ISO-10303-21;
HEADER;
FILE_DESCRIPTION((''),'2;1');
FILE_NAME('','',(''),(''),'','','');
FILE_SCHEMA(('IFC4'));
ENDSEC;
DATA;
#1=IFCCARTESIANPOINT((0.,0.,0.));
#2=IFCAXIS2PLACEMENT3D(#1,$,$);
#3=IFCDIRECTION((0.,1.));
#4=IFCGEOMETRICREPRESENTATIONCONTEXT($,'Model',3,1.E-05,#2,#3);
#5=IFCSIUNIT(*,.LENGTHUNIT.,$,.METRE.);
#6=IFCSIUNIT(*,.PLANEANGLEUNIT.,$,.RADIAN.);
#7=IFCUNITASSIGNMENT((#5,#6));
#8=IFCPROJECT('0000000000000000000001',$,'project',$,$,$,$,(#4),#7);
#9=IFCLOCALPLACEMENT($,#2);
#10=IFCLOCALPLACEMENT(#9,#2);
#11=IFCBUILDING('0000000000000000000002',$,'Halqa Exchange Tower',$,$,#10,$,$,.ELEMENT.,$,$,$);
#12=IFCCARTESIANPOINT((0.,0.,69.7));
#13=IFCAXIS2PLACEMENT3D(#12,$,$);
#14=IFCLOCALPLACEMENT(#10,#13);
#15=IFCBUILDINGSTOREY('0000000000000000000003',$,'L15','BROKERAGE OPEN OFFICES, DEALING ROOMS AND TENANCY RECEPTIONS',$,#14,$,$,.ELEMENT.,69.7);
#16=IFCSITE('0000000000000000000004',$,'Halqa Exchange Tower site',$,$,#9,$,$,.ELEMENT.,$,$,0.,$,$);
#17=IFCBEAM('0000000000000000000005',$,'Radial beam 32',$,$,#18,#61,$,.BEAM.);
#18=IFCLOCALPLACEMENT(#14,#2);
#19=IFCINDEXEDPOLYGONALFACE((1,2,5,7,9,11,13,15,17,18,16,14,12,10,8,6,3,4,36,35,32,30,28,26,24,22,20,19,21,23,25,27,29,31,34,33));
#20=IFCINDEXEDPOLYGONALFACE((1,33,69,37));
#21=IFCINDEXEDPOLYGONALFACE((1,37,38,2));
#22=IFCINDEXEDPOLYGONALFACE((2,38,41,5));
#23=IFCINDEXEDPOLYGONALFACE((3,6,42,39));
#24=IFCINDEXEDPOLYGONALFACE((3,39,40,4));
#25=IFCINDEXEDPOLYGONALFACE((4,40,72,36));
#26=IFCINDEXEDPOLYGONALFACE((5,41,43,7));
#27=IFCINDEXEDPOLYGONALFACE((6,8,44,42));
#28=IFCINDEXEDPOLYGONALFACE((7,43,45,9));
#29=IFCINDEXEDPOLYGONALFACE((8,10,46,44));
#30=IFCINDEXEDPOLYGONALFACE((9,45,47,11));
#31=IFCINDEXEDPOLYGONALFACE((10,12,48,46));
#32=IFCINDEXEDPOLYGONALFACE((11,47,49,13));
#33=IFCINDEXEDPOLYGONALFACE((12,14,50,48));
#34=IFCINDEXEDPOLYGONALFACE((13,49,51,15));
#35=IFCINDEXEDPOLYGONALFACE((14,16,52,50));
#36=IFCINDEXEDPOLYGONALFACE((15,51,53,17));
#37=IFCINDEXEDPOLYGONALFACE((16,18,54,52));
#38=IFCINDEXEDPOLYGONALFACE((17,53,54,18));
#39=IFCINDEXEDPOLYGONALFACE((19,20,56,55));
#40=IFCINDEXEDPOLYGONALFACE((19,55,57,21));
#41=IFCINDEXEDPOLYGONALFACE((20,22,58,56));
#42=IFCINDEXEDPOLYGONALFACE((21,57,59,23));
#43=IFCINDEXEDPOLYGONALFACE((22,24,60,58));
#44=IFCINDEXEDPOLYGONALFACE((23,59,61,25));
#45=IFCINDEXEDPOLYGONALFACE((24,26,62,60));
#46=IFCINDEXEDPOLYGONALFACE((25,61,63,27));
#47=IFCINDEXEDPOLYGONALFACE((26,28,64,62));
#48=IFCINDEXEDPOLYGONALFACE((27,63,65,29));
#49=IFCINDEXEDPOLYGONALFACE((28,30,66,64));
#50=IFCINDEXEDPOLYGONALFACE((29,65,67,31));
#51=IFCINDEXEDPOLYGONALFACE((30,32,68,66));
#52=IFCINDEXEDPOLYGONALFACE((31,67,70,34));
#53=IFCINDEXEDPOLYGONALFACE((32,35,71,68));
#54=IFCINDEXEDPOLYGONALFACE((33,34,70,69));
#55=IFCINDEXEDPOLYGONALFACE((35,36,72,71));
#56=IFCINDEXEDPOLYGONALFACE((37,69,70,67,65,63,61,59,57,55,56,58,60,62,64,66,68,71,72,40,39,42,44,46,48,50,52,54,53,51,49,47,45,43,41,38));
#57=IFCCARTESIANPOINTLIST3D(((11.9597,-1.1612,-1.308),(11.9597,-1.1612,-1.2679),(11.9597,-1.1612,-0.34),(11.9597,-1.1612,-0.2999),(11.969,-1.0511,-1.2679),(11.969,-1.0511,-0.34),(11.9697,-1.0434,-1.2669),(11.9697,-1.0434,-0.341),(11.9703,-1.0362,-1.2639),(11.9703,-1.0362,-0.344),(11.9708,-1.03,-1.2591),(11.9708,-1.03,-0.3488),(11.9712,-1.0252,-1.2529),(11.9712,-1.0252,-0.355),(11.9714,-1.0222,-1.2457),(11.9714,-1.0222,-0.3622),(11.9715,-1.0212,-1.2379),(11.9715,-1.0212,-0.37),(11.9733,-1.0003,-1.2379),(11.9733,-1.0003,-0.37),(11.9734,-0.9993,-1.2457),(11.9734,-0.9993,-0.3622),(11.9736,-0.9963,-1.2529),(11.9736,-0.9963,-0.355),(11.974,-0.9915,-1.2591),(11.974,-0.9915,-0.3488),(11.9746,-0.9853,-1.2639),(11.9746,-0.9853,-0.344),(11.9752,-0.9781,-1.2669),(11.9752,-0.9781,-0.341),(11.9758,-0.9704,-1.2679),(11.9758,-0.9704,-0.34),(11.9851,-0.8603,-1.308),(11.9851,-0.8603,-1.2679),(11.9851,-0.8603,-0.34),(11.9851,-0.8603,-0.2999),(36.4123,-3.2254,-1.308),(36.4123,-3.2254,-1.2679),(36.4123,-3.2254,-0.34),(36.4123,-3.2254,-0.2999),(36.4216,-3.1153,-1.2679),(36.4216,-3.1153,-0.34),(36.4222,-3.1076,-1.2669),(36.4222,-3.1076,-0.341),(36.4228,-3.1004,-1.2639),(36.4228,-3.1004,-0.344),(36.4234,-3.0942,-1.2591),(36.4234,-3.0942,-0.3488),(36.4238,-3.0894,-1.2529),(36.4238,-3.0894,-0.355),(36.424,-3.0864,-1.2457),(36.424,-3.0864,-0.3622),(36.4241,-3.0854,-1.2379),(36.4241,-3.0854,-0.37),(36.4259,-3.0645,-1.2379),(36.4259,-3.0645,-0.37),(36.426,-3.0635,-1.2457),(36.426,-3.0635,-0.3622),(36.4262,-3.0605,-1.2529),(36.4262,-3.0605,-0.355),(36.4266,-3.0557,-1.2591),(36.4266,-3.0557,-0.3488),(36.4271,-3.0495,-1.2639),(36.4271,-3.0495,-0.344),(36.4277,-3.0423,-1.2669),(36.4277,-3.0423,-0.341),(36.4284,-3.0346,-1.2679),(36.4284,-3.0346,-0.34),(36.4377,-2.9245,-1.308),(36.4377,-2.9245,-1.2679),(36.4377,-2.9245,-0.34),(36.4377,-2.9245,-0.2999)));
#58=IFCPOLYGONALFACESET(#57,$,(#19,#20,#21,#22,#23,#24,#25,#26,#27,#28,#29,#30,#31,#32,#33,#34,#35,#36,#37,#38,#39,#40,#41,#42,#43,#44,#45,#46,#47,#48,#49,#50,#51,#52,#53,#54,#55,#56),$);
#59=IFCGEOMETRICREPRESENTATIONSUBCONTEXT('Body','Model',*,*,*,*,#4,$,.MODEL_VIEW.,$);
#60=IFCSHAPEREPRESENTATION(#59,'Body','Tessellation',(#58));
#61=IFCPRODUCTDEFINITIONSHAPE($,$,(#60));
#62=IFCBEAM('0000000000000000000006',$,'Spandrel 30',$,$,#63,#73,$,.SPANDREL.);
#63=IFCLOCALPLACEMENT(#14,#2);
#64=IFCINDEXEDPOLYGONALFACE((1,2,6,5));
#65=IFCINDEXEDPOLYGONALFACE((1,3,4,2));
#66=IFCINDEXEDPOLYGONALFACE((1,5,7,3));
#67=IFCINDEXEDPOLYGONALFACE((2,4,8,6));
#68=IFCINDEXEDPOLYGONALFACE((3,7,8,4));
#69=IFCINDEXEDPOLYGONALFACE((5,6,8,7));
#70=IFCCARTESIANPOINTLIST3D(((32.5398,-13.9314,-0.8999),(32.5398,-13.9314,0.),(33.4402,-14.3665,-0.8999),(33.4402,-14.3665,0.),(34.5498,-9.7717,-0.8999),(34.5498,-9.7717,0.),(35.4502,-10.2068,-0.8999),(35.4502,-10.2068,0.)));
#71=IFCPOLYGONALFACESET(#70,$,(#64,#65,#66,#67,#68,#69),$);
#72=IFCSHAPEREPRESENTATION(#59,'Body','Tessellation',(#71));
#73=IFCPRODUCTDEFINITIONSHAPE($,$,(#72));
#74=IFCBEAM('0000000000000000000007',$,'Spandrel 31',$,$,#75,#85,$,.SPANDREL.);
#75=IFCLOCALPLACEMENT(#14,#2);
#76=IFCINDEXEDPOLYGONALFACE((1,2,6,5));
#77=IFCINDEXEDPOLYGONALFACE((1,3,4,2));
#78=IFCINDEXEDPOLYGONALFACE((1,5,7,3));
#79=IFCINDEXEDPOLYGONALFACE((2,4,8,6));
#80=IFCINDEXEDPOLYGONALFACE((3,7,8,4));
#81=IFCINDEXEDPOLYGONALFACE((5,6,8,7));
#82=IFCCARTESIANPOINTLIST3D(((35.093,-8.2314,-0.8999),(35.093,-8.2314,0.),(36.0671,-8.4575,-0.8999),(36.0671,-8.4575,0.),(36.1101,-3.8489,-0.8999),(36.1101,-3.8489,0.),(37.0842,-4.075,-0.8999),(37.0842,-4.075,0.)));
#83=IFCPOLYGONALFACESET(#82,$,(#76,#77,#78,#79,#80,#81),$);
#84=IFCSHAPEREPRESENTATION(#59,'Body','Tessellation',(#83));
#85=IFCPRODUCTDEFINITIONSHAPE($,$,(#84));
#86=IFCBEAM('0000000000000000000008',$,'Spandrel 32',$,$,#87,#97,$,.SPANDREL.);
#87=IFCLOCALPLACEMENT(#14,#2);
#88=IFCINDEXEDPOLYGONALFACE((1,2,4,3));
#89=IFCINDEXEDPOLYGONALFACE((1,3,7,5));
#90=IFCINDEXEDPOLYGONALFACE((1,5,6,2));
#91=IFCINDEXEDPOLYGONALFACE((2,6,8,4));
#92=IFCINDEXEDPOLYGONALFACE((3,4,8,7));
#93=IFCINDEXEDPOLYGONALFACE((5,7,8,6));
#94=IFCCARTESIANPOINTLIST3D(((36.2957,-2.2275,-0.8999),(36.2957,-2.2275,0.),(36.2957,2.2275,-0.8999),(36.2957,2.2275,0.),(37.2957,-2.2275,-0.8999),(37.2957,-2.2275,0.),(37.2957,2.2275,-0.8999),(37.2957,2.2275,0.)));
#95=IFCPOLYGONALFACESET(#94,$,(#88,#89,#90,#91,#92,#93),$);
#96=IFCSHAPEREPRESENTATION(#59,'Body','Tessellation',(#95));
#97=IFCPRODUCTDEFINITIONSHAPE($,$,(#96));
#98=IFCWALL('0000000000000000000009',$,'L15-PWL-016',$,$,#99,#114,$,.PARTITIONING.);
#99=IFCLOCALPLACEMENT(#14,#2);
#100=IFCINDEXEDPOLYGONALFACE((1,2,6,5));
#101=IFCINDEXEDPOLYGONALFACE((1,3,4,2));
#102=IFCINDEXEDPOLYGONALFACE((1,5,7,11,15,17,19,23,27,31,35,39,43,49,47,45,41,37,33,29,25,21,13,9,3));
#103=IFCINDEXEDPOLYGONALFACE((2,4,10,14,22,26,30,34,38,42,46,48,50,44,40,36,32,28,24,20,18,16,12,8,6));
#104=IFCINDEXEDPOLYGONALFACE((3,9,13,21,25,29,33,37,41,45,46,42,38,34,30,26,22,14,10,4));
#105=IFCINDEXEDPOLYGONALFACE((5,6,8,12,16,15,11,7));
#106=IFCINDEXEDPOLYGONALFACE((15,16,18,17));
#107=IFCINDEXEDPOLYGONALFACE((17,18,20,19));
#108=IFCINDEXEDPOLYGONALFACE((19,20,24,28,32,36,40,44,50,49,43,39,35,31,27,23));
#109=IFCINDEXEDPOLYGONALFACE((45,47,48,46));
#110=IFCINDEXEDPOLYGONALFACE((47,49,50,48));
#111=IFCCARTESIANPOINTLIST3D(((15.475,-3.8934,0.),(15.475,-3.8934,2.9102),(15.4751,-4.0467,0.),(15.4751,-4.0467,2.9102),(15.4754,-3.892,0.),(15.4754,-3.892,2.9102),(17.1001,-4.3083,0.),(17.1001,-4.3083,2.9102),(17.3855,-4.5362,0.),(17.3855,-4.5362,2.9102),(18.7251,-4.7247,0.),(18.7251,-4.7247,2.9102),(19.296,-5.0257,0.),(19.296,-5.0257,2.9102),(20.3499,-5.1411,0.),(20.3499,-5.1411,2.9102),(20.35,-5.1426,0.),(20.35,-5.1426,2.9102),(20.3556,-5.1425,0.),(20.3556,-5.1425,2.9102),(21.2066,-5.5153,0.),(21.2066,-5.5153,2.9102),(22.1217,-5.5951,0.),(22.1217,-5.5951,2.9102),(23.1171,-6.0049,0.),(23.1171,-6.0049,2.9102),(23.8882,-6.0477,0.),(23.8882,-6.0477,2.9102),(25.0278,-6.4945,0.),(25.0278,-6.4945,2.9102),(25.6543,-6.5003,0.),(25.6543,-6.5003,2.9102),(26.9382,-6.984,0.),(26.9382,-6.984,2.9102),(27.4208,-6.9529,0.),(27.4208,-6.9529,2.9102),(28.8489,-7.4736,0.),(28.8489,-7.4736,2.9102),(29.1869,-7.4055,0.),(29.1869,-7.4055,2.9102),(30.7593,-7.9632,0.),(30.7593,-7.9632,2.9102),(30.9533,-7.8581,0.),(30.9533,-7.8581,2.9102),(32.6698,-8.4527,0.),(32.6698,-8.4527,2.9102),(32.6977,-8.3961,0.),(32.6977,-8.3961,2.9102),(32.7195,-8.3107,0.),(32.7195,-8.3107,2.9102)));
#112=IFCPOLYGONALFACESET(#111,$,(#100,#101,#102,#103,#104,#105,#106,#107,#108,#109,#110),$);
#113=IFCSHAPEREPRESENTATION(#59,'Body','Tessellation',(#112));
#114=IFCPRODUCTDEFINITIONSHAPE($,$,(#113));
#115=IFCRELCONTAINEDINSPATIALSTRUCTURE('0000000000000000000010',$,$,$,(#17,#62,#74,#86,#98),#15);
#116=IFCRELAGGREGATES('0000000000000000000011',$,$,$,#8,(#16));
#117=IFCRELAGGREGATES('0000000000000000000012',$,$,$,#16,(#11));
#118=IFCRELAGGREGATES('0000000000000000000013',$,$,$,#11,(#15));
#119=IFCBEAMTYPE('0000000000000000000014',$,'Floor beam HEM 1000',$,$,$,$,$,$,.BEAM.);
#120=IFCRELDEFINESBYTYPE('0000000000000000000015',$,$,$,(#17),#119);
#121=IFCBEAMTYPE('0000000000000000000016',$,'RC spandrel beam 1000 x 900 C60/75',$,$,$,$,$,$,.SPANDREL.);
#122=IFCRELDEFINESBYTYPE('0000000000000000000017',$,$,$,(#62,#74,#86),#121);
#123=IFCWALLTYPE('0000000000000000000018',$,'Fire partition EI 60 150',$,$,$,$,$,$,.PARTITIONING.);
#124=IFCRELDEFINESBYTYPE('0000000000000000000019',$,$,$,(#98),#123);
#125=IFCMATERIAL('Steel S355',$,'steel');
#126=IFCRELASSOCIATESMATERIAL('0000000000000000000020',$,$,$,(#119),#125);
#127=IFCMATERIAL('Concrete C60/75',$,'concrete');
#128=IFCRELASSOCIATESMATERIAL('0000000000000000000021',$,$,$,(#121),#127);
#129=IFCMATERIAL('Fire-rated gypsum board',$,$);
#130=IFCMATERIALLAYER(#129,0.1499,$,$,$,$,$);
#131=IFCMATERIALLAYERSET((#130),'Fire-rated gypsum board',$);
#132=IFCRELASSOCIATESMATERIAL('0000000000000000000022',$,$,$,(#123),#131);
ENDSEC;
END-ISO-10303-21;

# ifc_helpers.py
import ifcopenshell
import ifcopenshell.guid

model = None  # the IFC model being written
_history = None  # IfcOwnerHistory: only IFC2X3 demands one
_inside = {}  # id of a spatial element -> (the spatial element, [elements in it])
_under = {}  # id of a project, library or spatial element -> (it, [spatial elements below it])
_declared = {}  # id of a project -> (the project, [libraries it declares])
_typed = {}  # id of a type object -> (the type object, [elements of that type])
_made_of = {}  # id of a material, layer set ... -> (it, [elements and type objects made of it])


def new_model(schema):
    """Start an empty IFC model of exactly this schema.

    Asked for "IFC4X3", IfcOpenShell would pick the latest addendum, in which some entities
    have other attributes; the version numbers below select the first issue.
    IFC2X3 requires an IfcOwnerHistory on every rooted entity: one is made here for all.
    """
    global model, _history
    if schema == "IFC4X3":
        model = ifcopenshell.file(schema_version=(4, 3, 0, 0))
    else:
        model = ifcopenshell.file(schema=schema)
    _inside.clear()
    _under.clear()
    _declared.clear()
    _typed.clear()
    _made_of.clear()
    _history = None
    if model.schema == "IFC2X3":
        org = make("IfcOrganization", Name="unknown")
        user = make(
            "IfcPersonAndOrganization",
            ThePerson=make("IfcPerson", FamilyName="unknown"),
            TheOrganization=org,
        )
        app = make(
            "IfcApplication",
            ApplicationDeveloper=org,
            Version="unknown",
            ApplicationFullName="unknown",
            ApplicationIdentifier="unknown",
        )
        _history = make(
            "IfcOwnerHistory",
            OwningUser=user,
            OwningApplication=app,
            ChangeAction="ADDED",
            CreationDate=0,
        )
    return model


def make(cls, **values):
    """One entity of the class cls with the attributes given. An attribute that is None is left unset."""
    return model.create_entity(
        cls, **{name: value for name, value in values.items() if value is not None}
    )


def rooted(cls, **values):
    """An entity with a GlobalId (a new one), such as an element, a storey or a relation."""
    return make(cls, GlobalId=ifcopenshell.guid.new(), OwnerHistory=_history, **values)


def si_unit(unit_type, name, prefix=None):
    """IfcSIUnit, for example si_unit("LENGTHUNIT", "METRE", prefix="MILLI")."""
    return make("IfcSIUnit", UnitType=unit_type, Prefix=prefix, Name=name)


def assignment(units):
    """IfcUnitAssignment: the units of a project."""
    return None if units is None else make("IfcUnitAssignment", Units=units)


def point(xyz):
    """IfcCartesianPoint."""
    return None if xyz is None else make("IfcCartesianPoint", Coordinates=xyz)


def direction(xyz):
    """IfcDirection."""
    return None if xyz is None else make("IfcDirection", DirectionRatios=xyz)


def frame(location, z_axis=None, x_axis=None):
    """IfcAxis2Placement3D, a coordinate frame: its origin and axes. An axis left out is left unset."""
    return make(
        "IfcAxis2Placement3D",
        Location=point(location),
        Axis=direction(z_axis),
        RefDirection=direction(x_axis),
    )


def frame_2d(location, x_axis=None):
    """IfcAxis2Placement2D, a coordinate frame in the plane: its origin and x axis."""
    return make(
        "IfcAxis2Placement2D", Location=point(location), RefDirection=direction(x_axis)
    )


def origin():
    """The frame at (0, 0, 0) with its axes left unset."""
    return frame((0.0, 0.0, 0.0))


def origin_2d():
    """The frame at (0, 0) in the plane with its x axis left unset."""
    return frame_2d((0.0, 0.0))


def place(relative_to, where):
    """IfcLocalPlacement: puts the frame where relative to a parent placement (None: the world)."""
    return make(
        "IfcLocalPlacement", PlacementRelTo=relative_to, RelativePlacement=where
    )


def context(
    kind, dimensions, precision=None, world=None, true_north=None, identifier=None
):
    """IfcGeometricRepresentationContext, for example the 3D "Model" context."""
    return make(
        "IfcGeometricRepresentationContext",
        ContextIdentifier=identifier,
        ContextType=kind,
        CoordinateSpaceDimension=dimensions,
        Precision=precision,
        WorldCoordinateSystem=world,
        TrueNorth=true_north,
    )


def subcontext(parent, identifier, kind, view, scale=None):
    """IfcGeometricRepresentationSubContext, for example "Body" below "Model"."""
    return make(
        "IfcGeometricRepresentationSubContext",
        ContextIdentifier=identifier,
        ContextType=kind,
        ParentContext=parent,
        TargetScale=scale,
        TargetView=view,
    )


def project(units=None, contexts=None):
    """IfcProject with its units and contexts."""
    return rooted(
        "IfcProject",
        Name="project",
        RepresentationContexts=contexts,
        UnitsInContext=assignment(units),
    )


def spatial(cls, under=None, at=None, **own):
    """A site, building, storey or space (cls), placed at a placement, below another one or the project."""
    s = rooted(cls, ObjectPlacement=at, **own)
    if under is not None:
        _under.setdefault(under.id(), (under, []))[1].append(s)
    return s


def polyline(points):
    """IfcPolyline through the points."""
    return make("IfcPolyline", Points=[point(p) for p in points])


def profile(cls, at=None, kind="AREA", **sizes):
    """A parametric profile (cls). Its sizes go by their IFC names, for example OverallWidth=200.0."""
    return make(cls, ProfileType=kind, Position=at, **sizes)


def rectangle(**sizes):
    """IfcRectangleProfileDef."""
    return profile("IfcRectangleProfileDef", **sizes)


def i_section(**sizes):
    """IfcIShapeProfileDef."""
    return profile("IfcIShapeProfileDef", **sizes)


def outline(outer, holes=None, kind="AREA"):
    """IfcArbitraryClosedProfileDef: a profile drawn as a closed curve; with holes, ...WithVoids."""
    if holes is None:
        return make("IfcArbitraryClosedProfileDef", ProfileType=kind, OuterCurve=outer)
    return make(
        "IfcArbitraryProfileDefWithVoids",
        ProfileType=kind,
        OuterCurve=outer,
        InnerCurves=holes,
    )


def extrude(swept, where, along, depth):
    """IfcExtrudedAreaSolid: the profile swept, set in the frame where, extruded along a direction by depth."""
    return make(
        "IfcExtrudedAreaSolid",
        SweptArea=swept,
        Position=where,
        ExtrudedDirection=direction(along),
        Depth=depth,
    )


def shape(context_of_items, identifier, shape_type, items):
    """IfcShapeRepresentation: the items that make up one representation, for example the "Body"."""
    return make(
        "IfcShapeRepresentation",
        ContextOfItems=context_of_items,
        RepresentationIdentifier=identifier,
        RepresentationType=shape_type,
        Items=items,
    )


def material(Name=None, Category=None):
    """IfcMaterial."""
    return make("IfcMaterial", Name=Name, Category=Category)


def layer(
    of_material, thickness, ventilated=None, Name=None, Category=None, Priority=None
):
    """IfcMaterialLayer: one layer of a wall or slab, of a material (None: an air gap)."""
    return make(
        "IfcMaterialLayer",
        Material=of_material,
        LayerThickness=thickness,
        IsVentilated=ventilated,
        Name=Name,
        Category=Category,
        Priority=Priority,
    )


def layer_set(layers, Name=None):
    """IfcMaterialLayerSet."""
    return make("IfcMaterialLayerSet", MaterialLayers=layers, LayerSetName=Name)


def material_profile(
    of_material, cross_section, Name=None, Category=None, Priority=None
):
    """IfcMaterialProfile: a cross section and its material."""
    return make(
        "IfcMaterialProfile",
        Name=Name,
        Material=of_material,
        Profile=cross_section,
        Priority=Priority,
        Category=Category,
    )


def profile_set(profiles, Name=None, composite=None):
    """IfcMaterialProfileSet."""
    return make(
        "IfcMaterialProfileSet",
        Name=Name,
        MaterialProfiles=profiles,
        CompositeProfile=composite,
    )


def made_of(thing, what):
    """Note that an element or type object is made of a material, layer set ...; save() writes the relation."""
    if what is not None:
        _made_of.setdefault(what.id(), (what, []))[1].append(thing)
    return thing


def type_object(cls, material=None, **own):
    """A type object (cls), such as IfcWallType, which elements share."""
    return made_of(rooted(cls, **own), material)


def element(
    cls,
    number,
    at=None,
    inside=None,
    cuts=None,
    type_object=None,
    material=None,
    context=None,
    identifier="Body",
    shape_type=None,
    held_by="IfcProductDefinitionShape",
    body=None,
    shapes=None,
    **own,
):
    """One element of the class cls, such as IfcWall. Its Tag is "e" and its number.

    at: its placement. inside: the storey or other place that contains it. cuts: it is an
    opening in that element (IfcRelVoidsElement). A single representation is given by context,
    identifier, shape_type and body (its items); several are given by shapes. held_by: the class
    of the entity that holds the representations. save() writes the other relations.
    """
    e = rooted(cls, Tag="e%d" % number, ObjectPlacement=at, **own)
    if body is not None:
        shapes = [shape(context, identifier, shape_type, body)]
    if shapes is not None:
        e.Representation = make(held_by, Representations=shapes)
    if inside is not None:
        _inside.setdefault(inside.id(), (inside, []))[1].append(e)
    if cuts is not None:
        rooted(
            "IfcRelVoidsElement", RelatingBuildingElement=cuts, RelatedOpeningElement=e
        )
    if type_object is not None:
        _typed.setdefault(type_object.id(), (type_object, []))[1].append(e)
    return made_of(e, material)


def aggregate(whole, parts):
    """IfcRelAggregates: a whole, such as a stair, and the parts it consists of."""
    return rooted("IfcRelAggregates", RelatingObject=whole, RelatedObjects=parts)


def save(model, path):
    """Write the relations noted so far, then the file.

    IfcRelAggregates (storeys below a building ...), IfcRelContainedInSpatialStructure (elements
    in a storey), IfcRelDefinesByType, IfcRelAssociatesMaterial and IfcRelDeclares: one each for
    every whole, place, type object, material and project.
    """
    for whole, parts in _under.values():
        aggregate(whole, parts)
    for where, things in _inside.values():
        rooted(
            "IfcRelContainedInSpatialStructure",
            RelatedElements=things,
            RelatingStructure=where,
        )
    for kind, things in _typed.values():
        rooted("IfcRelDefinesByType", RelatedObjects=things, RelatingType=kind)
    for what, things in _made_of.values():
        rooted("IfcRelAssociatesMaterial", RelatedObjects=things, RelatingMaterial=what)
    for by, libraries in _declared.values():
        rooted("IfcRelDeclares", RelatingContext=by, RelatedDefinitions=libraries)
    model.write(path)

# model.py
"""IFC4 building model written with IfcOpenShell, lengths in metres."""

from ifc_helpers import new_model, si_unit, direction, frame, origin, origin_2d, place, context, subcontext, project, spatial, polyline, rectangle, i_section, outline, extrude, material, layer, layer_set, material_profile, profile_set, type_object, element, save


model = new_model("IFC4")

# Units and contexts
model_context = context("Model", 3, precision=1e-05, world=origin(), true_north=direction((0.0, 1.0)))
body_context = subcontext(model_context, "Body", "Model", "MODEL_VIEW")
ifc_project = project(units=[si_unit("LENGTHUNIT", "METRE"), si_unit("PLANEANGLEUNIT", "RADIAN")], contexts=[model_context])

# Site, building, storey
site_placement = place(None, origin())
site = spatial("IfcSite", under=ifc_project, at=site_placement, Name="Halqa Exchange Tower site", CompositionType="ELEMENT", RefElevation=0.0)
building_placement = place(site_placement, origin())
building = spatial("IfcBuilding", under=site, at=building_placement, Name="Halqa Exchange Tower", CompositionType="ELEMENT")
storey_placement = place(building_placement, frame((0.0, 0.0, 69.7)))
storey = spatial("IfcBuildingStorey", under=building, at=storey_placement, Name="L15", Description="BROKERAGE OPEN OFFICES, DEALING ROOMS AND TENANCY RECEPTIONS", CompositionType="ELEMENT", Elevation=69.7)

# Beams
ifc_material_1 = material(Name="Steel S355", Category="steel")
ifc_material_profile_1 = material_profile(ifc_material_1, i_section(OverallWidth=0.302, OverallDepth=1.0081, WebThickness=0.021, FlangeThickness=0.04, FilletRadius=0.03, at=origin_2d()), Name="HEM 1000")
ifc_profile_set_1 = profile_set([ifc_material_profile_1], Name="Steel S355")
beam_type_1 = type_object("IfcBeamType", Name="Floor beam HEM 1000", PredefinedType="BEAM", material=ifc_profile_set_1)
beam_1_placement = place(storey_placement, frame((11.9724, -1.0107, -0.804), z_axis=(0.996456, -0.084117, 0.0), x_axis=(0.084117, 0.996456, 0.0)))
element("IfcBeam", 1, at=beam_1_placement, inside=storey, type_object=beam_type_1, Name="Radial beam 32", PredefinedType="BEAM", context=body_context, shape_type="SweptSolid", body=[
    extrude(i_section(OverallWidth=0.302, OverallDepth=1.0081, WebThickness=0.021, FlangeThickness=0.04, FilletRadius=0.03, at=origin_2d()), origin(), (0.0, 0.0, 1.0), 24.5396),
])
ifc_material_2 = material(Name="Concrete C60/75", Category="concrete")
ifc_material_profile_2 = material_profile(ifc_material_2, rectangle(XDim=1.0, YDim=0.8999, at=origin_2d()), Name="1000 x 900")
ifc_profile_set_2 = profile_set([ifc_material_profile_2], Name="Concrete C60/75")
beam_type_2 = type_object("IfcBeamType", Name="RC spandrel beam 1000 x 900 C60/75", PredefinedType="SPANDREL", material=ifc_profile_set_2)
beam_2_placement = place(storey_placement, frame((32.99, -14.1489, -0.45), z_axis=(0.435082, 0.900391, 0.0), x_axis=(-0.900391, 0.435082, 0.0)))
element("IfcBeam", 2, at=beam_2_placement, inside=storey, type_object=beam_type_2, Name="Spandrel 30", PredefinedType="SPANDREL", context=body_context, shape_type="SweptSolid", body=[
    extrude(rectangle(XDim=1.0, YDim=0.8999, at=origin_2d()), origin(), (0.0, 0.0, 1.0), 4.6199),
])
beam_3_placement = place(storey_placement, frame((35.5801, -8.3445, -0.45), z_axis=(0.226068, 0.974111, 0.0), x_axis=(-0.974111, 0.226068, 0.0)))
element("IfcBeam", 3, at=beam_3_placement, inside=storey, type_object=beam_type_2, Name="Spandrel 31", PredefinedType="SPANDREL", context=body_context, shape_type="SweptSolid", body=[
    extrude(rectangle(XDim=1.0, YDim=0.8999, at=origin_2d()), origin(), (0.0, 0.0, 1.0), 4.499),
])
beam_4_placement = place(storey_placement, frame((36.7957, -2.2275, -0.45), z_axis=(0.0, 1.0, 0.0), x_axis=(-1.0, 0.0, 0.0)))
element("IfcBeam", 4, at=beam_4_placement, inside=storey, type_object=beam_type_2, Name="Spandrel 32", PredefinedType="SPANDREL", context=body_context, shape_type="SweptSolid", body=[
    extrude(rectangle(XDim=1.0, YDim=0.8999, at=origin_2d()), origin(), (0.0, 0.0, 1.0), 4.4551),
])

# Wall
ifc_material_3 = material(Name="Fire-rated gypsum board")
ifc_layer_1 = layer(ifc_material_3, 0.1499)
ifc_layer_set_1 = layer_set([ifc_layer_1], Name="Fire-rated gypsum board")
wall_type_1 = type_object("IfcWallType", Name="Fire partition EI 60 150", PredefinedType="PARTITIONING", material=ifc_layer_set_1)
wall_1_placement = place(storey_placement, frame((15.4568, -3.9646, 0.0), z_axis=(0.0, 0.0, 1.0), x_axis=(0.968703, -0.248224, 0.0)))
element("IfcWall", 5, at=wall_1_placement, inside=storey, type_object=wall_type_1, Name="L15-PWL-016", PredefinedType="PARTITIONING", context=body_context, shape_type="SweptSolid", body=[
    extrude(outline(polyline([(0.0381, -0.075), (2.0103, -0.075), (3.9824, -0.075), (5.9548, -0.075), (7.927, -0.075), (9.8994, -0.075), (11.8716, -0.075), (13.844, -0.075), (15.8162, -0.075), (17.7883, -0.075), (17.8013, -0.0132), (17.8013, 0.075), (15.978, 0.075), (14.1545, 0.075), (12.3313, 0.075), (10.5078, 0.075), (8.6846, 0.075), (6.8611, 0.075), (5.0378, 0.075), (5.0325, 0.0735), (5.032, 0.075), (3.3547, 0.075), (1.6772, 0.075), (0.0, 0.075), (0.0, 0.0735), (0.0381, -0.075)])), origin(), (0.0, 0.0, 1.0), 2.9102),
])

save(model, "model.ifc")
